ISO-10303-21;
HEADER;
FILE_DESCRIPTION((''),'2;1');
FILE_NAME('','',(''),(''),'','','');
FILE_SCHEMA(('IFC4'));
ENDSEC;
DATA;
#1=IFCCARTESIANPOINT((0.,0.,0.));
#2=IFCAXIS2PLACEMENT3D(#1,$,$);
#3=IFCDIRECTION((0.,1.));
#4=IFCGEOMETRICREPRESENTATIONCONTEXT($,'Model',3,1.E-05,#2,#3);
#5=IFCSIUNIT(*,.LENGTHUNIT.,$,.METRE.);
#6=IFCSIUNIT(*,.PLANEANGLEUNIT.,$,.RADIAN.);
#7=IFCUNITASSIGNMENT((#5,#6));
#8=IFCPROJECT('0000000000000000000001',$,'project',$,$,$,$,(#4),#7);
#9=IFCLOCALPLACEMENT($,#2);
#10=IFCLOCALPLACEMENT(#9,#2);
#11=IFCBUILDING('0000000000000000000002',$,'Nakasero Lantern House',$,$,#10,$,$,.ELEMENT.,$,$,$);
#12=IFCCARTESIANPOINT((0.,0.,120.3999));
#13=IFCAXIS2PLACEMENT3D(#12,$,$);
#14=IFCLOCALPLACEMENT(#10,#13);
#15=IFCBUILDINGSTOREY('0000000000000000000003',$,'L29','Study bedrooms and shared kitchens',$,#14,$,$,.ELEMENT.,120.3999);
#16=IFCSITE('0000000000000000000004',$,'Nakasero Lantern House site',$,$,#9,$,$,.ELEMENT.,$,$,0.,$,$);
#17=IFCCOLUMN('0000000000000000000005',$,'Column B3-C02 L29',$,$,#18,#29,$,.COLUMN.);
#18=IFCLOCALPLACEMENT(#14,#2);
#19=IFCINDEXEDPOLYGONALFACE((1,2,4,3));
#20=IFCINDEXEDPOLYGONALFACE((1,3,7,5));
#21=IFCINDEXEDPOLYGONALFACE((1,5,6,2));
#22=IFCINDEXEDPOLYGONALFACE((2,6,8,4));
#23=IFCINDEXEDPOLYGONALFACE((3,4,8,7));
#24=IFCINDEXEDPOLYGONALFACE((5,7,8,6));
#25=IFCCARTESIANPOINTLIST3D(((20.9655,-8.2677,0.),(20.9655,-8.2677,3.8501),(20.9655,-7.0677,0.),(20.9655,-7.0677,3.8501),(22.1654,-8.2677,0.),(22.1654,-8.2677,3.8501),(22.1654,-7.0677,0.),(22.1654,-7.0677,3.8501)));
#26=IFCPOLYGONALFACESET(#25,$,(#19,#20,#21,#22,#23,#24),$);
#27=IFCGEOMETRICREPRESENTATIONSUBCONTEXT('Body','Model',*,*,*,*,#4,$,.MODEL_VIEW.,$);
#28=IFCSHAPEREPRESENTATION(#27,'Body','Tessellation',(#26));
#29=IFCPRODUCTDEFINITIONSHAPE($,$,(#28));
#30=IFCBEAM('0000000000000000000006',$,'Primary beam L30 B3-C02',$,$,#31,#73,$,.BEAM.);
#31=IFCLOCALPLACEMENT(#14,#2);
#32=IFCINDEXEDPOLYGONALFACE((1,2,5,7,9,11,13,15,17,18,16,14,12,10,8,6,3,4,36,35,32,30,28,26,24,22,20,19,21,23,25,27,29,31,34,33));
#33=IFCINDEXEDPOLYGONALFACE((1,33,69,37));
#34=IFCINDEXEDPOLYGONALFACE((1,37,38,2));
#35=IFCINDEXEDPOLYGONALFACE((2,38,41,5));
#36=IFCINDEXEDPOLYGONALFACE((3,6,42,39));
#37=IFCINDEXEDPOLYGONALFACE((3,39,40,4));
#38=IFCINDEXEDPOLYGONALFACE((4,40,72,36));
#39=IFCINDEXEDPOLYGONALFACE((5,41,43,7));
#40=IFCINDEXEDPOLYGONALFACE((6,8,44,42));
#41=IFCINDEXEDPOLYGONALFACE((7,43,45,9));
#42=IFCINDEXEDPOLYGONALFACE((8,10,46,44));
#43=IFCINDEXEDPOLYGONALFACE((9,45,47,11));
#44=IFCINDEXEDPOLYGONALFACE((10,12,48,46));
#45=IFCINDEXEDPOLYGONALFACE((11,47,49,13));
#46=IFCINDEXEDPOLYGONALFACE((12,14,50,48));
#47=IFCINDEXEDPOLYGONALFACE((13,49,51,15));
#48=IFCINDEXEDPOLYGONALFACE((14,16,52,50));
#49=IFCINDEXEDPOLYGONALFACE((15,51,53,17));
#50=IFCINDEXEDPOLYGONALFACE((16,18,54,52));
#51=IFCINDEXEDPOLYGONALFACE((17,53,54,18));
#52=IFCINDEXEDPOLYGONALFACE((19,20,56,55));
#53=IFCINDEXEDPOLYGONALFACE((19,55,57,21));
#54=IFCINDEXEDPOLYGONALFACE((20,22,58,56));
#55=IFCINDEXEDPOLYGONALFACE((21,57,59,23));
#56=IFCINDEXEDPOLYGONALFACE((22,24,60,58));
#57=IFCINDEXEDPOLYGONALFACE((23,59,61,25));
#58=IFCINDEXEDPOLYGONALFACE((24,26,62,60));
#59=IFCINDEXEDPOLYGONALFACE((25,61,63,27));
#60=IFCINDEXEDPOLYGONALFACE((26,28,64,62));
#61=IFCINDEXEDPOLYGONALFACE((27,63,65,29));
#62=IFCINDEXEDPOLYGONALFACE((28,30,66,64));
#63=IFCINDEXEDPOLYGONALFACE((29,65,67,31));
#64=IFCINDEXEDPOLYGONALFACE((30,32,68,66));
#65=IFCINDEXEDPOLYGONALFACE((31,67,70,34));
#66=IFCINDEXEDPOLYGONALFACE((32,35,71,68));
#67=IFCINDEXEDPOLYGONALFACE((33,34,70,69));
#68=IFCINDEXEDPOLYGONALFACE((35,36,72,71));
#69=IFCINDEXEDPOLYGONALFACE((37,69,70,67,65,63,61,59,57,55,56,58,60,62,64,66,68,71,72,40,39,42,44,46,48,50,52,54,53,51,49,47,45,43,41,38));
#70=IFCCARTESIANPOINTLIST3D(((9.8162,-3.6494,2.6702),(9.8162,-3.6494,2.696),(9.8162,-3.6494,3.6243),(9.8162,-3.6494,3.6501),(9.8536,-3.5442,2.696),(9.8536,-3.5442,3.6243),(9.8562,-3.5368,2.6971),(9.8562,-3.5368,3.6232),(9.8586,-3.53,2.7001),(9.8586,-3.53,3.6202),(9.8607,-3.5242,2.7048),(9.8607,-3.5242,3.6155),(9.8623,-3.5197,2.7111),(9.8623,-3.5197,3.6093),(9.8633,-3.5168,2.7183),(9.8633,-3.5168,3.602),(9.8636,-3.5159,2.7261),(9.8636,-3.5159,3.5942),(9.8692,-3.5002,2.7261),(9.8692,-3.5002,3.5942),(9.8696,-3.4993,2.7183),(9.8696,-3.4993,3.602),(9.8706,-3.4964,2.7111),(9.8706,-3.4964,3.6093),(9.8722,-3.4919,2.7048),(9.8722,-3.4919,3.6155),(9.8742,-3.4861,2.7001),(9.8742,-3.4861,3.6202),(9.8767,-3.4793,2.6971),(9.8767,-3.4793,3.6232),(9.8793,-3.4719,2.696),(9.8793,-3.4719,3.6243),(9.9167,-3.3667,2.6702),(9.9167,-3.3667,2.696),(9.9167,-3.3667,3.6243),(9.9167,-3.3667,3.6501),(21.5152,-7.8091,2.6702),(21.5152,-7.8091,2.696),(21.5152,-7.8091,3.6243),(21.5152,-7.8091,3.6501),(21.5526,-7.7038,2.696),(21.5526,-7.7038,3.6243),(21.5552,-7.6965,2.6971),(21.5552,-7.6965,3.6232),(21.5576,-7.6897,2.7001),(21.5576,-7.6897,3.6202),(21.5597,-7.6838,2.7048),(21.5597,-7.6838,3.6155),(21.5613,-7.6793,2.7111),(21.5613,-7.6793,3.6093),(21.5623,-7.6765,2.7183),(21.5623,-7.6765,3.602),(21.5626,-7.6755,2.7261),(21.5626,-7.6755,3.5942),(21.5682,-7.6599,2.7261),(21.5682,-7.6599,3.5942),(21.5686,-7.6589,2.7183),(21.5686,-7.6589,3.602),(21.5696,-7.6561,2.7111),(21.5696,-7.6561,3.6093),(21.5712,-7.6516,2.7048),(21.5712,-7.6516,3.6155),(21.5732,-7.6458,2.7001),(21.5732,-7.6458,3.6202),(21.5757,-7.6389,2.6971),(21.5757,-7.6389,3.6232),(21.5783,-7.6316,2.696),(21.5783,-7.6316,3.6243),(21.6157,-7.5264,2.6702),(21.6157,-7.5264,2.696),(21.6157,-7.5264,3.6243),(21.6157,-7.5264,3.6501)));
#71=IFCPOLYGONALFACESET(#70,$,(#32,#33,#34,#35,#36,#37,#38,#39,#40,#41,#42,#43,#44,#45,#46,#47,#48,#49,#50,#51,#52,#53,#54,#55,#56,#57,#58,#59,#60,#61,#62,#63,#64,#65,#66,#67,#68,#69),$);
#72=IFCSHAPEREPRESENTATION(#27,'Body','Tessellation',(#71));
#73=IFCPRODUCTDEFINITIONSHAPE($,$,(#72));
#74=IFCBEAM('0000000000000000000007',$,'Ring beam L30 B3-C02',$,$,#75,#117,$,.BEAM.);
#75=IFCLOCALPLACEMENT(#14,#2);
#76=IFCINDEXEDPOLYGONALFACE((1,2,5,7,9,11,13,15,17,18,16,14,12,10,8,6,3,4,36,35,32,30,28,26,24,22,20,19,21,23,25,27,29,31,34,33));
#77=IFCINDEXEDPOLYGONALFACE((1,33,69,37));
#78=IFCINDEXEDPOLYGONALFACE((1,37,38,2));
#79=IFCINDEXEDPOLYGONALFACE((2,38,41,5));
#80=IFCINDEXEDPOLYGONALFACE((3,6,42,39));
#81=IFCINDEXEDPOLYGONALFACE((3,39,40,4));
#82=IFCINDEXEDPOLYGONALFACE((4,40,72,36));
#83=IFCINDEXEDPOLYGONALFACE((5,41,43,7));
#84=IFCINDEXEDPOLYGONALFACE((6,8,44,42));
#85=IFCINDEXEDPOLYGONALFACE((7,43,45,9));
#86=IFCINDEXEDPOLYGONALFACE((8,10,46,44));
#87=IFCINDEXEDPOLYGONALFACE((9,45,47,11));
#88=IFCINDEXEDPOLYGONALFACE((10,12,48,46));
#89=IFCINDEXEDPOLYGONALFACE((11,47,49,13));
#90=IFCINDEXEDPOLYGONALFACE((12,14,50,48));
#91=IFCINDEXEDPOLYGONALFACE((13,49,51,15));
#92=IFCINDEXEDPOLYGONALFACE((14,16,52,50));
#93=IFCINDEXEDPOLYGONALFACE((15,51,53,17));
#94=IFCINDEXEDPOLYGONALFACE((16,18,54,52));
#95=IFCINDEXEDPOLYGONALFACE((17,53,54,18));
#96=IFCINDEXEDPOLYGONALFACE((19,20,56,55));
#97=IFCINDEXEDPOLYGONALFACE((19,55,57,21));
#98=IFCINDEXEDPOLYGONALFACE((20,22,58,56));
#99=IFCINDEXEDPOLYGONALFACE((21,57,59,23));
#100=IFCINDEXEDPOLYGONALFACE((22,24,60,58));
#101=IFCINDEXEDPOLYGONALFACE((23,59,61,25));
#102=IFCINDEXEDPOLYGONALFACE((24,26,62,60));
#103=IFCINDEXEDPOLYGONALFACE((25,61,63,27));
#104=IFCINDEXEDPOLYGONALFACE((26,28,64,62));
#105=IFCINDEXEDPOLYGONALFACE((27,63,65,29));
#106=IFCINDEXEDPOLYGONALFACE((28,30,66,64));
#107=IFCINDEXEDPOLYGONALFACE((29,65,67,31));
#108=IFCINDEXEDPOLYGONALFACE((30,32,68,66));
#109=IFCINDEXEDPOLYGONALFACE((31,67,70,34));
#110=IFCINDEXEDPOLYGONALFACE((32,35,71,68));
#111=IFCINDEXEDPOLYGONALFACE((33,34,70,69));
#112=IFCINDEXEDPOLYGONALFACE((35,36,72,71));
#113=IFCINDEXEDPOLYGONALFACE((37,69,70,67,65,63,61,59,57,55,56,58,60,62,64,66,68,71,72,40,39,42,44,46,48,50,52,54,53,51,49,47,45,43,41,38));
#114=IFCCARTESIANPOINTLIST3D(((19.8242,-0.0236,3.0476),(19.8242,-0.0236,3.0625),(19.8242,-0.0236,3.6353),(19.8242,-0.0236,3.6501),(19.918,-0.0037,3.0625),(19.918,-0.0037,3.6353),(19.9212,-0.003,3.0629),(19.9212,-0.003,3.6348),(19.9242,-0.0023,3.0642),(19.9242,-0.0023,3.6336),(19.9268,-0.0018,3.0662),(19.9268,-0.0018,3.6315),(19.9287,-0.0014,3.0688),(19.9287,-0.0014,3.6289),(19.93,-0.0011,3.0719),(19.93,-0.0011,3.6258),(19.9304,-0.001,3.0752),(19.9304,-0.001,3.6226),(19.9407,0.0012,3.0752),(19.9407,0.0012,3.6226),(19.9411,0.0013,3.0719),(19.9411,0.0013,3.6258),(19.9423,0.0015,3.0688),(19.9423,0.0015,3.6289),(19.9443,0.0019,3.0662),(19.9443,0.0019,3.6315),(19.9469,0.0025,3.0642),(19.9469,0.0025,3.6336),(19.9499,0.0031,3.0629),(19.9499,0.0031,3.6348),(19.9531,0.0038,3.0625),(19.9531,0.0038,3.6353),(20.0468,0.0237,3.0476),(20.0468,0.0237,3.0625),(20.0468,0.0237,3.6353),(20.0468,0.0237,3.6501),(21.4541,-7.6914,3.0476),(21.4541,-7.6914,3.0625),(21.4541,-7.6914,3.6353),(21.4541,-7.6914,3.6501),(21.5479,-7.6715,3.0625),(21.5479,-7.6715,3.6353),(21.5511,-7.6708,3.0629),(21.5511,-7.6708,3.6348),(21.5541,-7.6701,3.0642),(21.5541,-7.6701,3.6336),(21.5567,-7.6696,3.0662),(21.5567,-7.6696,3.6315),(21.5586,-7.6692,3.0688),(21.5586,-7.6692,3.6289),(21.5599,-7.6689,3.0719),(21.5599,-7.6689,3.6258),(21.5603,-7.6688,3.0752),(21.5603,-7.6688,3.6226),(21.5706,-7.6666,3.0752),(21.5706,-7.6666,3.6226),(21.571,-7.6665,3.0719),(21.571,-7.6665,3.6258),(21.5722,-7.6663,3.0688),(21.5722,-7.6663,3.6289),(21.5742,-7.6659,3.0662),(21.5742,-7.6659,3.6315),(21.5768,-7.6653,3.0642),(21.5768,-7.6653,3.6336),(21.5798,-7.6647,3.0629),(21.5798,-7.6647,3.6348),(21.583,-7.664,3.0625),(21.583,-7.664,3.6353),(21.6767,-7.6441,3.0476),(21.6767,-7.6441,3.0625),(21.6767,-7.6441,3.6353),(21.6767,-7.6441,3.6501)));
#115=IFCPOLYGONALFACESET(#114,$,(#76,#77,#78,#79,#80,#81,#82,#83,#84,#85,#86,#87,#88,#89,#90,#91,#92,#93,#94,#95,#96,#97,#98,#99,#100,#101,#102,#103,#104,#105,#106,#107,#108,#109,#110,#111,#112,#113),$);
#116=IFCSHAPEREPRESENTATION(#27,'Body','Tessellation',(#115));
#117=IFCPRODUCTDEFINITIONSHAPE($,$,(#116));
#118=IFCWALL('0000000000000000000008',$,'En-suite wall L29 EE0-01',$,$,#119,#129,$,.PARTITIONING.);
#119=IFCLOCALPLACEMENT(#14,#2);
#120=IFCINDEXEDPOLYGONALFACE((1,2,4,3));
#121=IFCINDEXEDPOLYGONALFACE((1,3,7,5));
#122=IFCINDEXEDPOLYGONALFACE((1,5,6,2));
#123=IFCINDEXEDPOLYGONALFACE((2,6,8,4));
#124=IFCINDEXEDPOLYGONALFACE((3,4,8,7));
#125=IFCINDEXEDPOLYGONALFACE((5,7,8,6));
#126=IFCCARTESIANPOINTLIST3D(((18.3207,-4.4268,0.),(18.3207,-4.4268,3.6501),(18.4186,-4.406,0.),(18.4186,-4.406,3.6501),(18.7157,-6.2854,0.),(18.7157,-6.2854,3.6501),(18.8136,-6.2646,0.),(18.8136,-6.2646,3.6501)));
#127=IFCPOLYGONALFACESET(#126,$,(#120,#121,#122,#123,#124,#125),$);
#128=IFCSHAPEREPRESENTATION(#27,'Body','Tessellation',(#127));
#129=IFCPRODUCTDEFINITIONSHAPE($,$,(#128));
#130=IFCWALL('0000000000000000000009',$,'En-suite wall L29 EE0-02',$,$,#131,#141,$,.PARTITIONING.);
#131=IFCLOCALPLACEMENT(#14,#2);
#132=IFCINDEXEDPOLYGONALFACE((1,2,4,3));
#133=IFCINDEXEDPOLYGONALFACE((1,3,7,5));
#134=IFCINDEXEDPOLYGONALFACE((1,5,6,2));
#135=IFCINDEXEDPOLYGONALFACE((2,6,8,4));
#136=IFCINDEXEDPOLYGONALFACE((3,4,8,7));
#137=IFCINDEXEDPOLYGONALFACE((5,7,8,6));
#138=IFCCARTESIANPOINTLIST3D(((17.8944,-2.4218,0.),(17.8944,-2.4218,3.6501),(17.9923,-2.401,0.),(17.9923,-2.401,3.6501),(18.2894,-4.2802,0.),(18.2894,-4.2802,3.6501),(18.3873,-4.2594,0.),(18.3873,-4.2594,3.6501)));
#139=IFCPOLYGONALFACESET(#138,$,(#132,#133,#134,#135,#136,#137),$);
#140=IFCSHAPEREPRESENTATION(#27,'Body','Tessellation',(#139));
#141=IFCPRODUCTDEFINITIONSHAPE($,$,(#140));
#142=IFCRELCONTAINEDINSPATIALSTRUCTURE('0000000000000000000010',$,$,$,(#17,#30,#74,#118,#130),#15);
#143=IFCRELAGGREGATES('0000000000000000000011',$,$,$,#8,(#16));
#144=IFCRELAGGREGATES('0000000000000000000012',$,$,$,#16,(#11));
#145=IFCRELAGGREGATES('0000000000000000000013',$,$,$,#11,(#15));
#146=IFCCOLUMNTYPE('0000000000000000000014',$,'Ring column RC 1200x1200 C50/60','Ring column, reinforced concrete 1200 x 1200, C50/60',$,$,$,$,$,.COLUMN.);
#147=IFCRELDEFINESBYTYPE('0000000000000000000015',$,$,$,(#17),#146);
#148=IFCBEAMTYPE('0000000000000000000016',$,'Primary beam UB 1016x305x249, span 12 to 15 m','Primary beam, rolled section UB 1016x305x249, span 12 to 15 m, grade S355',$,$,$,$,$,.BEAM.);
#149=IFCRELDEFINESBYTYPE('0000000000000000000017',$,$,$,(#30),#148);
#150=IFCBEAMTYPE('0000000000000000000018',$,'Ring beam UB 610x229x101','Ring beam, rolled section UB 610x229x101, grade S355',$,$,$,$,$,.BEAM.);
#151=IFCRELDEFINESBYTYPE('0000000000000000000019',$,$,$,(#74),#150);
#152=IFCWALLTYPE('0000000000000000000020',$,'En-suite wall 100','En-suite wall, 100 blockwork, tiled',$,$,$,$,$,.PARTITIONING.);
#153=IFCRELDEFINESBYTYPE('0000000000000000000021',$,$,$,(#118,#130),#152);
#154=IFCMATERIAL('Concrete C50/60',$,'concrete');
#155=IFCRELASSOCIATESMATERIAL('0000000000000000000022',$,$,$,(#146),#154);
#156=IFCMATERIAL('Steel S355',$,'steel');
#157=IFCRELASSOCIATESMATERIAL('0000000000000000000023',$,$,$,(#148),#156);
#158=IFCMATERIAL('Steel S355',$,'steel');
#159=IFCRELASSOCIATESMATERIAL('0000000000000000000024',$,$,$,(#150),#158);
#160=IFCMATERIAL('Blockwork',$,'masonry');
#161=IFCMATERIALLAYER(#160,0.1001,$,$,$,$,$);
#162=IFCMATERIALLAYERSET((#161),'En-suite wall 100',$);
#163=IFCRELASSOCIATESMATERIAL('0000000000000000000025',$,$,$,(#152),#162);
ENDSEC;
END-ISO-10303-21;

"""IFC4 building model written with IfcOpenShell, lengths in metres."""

from ifc_helpers import new_model, si_unit, direction, frame, frame_2d, origin, origin_2d, place, context, subcontext, project, spatial, rectangle, i_section, extrude, material, layer, layer_set, material_profile, profile_set, type_object, element, save


model = new_model("IFC4")

# Units and contexts
model_context = context("Model", 3, precision=1e-05, world=origin(), true_north=direction((0.0, 1.0)))
body_context = subcontext(model_context, "Body", "Model", "MODEL_VIEW")
ifc_project = project(units=[si_unit("LENGTHUNIT", "METRE"), si_unit("PLANEANGLEUNIT", "RADIAN")], contexts=[model_context])

# Site, building, storey
site_placement = place(None, origin())
site = spatial("IfcSite", under=ifc_project, at=site_placement, Name="Nakasero Lantern House site", CompositionType="ELEMENT", RefElevation=0.0)
building_placement = place(site_placement, origin())
building = spatial("IfcBuilding", under=site, at=building_placement, Name="Nakasero Lantern House", CompositionType="ELEMENT")
storey_placement = place(building_placement, frame((0.0, 0.0, 120.3999)))
storey = spatial("IfcBuildingStorey", under=building, at=storey_placement, Name="L29", Description="Study bedrooms and shared kitchens", CompositionType="ELEMENT", Elevation=120.3999)

# Column
ifc_material_1 = material(Name="Concrete C50/60", Category="concrete")
ifc_material_profile_1 = material_profile(ifc_material_1, rectangle(XDim=1.2, YDim=1.2, at=origin_2d()), Name="RC 1200x1200")
ifc_profile_set_1 = profile_set([ifc_material_profile_1], Name="Concrete C50/60")
column_type = type_object("IfcColumnType", Name="Ring column RC 1200x1200 C50/60", Description="Ring column, reinforced concrete 1200 x 1200, C50/60", PredefinedType="COLUMN", material=ifc_profile_set_1)
column_placement = place(storey_placement, frame((21.5654, -7.6677, 0.0), z_axis=(0.0, 0.0, 1.0), x_axis=(1.0, 0.0, 0.0)))
element("IfcColumn", 1, at=column_placement, inside=storey, type_object=column_type, Name="Column B3-C02 L29", PredefinedType="COLUMN", context=body_context, shape_type="SweptSolid", body=[
    extrude(rectangle(XDim=1.2, YDim=1.2, at=origin_2d()), origin(), (0.0, 0.0, 1.0), 3.8501),
])

# Beams
ifc_material_2 = material(Name="Steel S355", Category="steel")
ifc_material_profile_2 = material_profile(ifc_material_2, i_section(OverallWidth=0.3, OverallDepth=0.98, WebThickness=0.0166, FlangeThickness=0.0259, FilletRadius=0.03, at=origin_2d()), Name="UB 1016x305x249")
ifc_profile_set_2 = profile_set([ifc_material_profile_2], Name="Steel S355")
beam_type_1 = type_object("IfcBeamType", Name="Primary beam UB 1016x305x249, span 12 to 15 m", Description="Primary beam, rolled section UB 1016x305x249, span 12 to 15 m, grade S355", PredefinedType="BEAM", material=ifc_profile_set_2)
beam_1_placement = place(storey_placement, frame((21.5654, -7.6677, 3.1602), z_axis=(-0.942214, 0.335012, 0.0), x_axis=(-0.335012, -0.942214, 0.0)))
element("IfcBeam", 2, at=beam_1_placement, inside=storey, type_object=beam_type_1, Name="Primary beam L30 B3-C02", PredefinedType="BEAM", context=body_context, shape_type="SweptSolid", body=[
    extrude(i_section(OverallWidth=0.3, OverallDepth=0.98, WebThickness=0.0166, FlangeThickness=0.0259, FilletRadius=0.03, at=origin_2d()), origin(), (0.0, 0.0, 1.0), 12.4165),
])
ifc_material_3 = material(Name="Steel S355", Category="steel")
ifc_material_profile_3 = material_profile(ifc_material_3, i_section(OverallWidth=0.2275, OverallDepth=0.6025, WebThickness=0.0105, FlangeThickness=0.0149, FilletRadius=0.0127, at=origin_2d()), Name="UB 610x229x101")
ifc_profile_set_3 = profile_set([ifc_material_profile_3], Name="Steel S355")
beam_type_2 = type_object("IfcBeamType", Name="Ring beam UB 610x229x101", Description="Ring beam, rolled section UB 610x229x101, grade S355", PredefinedType="BEAM", material=ifc_profile_set_3)
beam_2_placement = place(storey_placement, frame((21.5654, -7.6677, 3.3489), z_axis=(-0.207919, 0.978146, 0.0), x_axis=(-0.978146, -0.207919, 0.0)))
element("IfcBeam", 3, at=beam_2_placement, inside=storey, type_object=beam_type_2, Name="Ring beam L30 B3-C02", PredefinedType="BEAM", context=body_context, shape_type="SweptSolid", body=[
    extrude(i_section(OverallWidth=0.2275, OverallDepth=0.6025, WebThickness=0.0105, FlangeThickness=0.0149, FilletRadius=0.0127, at=origin_2d()), origin(), (0.0, 0.0, 1.0), 7.8391),
])

# Walls
ifc_material_4 = material(Name="Blockwork", Category="masonry")
ifc_layer_1 = layer(ifc_material_4, 0.1001)
ifc_layer_set_1 = layer_set([ifc_layer_1], Name="En-suite wall 100")
wall_type_1 = type_object("IfcWallType", Name="En-suite wall 100", Description="En-suite wall, 100 blockwork, tiled", PredefinedType="PARTITIONING", material=ifc_layer_set_1)
wall_1_placement = place(storey_placement, frame((18.7646, -6.2751, 0.0), z_axis=(0.0, 0.0, 1.0), x_axis=(-0.207888, 0.978153, 0.0)))
element("IfcWall", 4, at=wall_1_placement, inside=storey, type_object=wall_type_1, Name="En-suite wall L29 EE0-01", PredefinedType="PARTITIONING", context=body_context, shape_type="SweptSolid", body=[
    extrude(rectangle(XDim=1.9001, YDim=0.1001, at=frame_2d((0.9502, 0.0))), origin(), (0.0, 0.0, 1.0), 3.6501),
])
wall_2_placement = place(storey_placement, frame((18.3384, -4.2698, 0.0), z_axis=(0.0, 0.0, 1.0), x_axis=(-0.207914, 0.978147, 0.0)))
element("IfcWall", 5, at=wall_2_placement, inside=storey, type_object=wall_type_1, Name="En-suite wall L29 EE0-02", PredefinedType="PARTITIONING", context=body_context, shape_type="SweptSolid", body=[
    extrude(rectangle(XDim=1.8999, YDim=0.1001, at=frame_2d((0.95, 0.0))), origin(), (0.0, 0.0, 1.0), 3.6501),
])

save(model, "model.ifc")
